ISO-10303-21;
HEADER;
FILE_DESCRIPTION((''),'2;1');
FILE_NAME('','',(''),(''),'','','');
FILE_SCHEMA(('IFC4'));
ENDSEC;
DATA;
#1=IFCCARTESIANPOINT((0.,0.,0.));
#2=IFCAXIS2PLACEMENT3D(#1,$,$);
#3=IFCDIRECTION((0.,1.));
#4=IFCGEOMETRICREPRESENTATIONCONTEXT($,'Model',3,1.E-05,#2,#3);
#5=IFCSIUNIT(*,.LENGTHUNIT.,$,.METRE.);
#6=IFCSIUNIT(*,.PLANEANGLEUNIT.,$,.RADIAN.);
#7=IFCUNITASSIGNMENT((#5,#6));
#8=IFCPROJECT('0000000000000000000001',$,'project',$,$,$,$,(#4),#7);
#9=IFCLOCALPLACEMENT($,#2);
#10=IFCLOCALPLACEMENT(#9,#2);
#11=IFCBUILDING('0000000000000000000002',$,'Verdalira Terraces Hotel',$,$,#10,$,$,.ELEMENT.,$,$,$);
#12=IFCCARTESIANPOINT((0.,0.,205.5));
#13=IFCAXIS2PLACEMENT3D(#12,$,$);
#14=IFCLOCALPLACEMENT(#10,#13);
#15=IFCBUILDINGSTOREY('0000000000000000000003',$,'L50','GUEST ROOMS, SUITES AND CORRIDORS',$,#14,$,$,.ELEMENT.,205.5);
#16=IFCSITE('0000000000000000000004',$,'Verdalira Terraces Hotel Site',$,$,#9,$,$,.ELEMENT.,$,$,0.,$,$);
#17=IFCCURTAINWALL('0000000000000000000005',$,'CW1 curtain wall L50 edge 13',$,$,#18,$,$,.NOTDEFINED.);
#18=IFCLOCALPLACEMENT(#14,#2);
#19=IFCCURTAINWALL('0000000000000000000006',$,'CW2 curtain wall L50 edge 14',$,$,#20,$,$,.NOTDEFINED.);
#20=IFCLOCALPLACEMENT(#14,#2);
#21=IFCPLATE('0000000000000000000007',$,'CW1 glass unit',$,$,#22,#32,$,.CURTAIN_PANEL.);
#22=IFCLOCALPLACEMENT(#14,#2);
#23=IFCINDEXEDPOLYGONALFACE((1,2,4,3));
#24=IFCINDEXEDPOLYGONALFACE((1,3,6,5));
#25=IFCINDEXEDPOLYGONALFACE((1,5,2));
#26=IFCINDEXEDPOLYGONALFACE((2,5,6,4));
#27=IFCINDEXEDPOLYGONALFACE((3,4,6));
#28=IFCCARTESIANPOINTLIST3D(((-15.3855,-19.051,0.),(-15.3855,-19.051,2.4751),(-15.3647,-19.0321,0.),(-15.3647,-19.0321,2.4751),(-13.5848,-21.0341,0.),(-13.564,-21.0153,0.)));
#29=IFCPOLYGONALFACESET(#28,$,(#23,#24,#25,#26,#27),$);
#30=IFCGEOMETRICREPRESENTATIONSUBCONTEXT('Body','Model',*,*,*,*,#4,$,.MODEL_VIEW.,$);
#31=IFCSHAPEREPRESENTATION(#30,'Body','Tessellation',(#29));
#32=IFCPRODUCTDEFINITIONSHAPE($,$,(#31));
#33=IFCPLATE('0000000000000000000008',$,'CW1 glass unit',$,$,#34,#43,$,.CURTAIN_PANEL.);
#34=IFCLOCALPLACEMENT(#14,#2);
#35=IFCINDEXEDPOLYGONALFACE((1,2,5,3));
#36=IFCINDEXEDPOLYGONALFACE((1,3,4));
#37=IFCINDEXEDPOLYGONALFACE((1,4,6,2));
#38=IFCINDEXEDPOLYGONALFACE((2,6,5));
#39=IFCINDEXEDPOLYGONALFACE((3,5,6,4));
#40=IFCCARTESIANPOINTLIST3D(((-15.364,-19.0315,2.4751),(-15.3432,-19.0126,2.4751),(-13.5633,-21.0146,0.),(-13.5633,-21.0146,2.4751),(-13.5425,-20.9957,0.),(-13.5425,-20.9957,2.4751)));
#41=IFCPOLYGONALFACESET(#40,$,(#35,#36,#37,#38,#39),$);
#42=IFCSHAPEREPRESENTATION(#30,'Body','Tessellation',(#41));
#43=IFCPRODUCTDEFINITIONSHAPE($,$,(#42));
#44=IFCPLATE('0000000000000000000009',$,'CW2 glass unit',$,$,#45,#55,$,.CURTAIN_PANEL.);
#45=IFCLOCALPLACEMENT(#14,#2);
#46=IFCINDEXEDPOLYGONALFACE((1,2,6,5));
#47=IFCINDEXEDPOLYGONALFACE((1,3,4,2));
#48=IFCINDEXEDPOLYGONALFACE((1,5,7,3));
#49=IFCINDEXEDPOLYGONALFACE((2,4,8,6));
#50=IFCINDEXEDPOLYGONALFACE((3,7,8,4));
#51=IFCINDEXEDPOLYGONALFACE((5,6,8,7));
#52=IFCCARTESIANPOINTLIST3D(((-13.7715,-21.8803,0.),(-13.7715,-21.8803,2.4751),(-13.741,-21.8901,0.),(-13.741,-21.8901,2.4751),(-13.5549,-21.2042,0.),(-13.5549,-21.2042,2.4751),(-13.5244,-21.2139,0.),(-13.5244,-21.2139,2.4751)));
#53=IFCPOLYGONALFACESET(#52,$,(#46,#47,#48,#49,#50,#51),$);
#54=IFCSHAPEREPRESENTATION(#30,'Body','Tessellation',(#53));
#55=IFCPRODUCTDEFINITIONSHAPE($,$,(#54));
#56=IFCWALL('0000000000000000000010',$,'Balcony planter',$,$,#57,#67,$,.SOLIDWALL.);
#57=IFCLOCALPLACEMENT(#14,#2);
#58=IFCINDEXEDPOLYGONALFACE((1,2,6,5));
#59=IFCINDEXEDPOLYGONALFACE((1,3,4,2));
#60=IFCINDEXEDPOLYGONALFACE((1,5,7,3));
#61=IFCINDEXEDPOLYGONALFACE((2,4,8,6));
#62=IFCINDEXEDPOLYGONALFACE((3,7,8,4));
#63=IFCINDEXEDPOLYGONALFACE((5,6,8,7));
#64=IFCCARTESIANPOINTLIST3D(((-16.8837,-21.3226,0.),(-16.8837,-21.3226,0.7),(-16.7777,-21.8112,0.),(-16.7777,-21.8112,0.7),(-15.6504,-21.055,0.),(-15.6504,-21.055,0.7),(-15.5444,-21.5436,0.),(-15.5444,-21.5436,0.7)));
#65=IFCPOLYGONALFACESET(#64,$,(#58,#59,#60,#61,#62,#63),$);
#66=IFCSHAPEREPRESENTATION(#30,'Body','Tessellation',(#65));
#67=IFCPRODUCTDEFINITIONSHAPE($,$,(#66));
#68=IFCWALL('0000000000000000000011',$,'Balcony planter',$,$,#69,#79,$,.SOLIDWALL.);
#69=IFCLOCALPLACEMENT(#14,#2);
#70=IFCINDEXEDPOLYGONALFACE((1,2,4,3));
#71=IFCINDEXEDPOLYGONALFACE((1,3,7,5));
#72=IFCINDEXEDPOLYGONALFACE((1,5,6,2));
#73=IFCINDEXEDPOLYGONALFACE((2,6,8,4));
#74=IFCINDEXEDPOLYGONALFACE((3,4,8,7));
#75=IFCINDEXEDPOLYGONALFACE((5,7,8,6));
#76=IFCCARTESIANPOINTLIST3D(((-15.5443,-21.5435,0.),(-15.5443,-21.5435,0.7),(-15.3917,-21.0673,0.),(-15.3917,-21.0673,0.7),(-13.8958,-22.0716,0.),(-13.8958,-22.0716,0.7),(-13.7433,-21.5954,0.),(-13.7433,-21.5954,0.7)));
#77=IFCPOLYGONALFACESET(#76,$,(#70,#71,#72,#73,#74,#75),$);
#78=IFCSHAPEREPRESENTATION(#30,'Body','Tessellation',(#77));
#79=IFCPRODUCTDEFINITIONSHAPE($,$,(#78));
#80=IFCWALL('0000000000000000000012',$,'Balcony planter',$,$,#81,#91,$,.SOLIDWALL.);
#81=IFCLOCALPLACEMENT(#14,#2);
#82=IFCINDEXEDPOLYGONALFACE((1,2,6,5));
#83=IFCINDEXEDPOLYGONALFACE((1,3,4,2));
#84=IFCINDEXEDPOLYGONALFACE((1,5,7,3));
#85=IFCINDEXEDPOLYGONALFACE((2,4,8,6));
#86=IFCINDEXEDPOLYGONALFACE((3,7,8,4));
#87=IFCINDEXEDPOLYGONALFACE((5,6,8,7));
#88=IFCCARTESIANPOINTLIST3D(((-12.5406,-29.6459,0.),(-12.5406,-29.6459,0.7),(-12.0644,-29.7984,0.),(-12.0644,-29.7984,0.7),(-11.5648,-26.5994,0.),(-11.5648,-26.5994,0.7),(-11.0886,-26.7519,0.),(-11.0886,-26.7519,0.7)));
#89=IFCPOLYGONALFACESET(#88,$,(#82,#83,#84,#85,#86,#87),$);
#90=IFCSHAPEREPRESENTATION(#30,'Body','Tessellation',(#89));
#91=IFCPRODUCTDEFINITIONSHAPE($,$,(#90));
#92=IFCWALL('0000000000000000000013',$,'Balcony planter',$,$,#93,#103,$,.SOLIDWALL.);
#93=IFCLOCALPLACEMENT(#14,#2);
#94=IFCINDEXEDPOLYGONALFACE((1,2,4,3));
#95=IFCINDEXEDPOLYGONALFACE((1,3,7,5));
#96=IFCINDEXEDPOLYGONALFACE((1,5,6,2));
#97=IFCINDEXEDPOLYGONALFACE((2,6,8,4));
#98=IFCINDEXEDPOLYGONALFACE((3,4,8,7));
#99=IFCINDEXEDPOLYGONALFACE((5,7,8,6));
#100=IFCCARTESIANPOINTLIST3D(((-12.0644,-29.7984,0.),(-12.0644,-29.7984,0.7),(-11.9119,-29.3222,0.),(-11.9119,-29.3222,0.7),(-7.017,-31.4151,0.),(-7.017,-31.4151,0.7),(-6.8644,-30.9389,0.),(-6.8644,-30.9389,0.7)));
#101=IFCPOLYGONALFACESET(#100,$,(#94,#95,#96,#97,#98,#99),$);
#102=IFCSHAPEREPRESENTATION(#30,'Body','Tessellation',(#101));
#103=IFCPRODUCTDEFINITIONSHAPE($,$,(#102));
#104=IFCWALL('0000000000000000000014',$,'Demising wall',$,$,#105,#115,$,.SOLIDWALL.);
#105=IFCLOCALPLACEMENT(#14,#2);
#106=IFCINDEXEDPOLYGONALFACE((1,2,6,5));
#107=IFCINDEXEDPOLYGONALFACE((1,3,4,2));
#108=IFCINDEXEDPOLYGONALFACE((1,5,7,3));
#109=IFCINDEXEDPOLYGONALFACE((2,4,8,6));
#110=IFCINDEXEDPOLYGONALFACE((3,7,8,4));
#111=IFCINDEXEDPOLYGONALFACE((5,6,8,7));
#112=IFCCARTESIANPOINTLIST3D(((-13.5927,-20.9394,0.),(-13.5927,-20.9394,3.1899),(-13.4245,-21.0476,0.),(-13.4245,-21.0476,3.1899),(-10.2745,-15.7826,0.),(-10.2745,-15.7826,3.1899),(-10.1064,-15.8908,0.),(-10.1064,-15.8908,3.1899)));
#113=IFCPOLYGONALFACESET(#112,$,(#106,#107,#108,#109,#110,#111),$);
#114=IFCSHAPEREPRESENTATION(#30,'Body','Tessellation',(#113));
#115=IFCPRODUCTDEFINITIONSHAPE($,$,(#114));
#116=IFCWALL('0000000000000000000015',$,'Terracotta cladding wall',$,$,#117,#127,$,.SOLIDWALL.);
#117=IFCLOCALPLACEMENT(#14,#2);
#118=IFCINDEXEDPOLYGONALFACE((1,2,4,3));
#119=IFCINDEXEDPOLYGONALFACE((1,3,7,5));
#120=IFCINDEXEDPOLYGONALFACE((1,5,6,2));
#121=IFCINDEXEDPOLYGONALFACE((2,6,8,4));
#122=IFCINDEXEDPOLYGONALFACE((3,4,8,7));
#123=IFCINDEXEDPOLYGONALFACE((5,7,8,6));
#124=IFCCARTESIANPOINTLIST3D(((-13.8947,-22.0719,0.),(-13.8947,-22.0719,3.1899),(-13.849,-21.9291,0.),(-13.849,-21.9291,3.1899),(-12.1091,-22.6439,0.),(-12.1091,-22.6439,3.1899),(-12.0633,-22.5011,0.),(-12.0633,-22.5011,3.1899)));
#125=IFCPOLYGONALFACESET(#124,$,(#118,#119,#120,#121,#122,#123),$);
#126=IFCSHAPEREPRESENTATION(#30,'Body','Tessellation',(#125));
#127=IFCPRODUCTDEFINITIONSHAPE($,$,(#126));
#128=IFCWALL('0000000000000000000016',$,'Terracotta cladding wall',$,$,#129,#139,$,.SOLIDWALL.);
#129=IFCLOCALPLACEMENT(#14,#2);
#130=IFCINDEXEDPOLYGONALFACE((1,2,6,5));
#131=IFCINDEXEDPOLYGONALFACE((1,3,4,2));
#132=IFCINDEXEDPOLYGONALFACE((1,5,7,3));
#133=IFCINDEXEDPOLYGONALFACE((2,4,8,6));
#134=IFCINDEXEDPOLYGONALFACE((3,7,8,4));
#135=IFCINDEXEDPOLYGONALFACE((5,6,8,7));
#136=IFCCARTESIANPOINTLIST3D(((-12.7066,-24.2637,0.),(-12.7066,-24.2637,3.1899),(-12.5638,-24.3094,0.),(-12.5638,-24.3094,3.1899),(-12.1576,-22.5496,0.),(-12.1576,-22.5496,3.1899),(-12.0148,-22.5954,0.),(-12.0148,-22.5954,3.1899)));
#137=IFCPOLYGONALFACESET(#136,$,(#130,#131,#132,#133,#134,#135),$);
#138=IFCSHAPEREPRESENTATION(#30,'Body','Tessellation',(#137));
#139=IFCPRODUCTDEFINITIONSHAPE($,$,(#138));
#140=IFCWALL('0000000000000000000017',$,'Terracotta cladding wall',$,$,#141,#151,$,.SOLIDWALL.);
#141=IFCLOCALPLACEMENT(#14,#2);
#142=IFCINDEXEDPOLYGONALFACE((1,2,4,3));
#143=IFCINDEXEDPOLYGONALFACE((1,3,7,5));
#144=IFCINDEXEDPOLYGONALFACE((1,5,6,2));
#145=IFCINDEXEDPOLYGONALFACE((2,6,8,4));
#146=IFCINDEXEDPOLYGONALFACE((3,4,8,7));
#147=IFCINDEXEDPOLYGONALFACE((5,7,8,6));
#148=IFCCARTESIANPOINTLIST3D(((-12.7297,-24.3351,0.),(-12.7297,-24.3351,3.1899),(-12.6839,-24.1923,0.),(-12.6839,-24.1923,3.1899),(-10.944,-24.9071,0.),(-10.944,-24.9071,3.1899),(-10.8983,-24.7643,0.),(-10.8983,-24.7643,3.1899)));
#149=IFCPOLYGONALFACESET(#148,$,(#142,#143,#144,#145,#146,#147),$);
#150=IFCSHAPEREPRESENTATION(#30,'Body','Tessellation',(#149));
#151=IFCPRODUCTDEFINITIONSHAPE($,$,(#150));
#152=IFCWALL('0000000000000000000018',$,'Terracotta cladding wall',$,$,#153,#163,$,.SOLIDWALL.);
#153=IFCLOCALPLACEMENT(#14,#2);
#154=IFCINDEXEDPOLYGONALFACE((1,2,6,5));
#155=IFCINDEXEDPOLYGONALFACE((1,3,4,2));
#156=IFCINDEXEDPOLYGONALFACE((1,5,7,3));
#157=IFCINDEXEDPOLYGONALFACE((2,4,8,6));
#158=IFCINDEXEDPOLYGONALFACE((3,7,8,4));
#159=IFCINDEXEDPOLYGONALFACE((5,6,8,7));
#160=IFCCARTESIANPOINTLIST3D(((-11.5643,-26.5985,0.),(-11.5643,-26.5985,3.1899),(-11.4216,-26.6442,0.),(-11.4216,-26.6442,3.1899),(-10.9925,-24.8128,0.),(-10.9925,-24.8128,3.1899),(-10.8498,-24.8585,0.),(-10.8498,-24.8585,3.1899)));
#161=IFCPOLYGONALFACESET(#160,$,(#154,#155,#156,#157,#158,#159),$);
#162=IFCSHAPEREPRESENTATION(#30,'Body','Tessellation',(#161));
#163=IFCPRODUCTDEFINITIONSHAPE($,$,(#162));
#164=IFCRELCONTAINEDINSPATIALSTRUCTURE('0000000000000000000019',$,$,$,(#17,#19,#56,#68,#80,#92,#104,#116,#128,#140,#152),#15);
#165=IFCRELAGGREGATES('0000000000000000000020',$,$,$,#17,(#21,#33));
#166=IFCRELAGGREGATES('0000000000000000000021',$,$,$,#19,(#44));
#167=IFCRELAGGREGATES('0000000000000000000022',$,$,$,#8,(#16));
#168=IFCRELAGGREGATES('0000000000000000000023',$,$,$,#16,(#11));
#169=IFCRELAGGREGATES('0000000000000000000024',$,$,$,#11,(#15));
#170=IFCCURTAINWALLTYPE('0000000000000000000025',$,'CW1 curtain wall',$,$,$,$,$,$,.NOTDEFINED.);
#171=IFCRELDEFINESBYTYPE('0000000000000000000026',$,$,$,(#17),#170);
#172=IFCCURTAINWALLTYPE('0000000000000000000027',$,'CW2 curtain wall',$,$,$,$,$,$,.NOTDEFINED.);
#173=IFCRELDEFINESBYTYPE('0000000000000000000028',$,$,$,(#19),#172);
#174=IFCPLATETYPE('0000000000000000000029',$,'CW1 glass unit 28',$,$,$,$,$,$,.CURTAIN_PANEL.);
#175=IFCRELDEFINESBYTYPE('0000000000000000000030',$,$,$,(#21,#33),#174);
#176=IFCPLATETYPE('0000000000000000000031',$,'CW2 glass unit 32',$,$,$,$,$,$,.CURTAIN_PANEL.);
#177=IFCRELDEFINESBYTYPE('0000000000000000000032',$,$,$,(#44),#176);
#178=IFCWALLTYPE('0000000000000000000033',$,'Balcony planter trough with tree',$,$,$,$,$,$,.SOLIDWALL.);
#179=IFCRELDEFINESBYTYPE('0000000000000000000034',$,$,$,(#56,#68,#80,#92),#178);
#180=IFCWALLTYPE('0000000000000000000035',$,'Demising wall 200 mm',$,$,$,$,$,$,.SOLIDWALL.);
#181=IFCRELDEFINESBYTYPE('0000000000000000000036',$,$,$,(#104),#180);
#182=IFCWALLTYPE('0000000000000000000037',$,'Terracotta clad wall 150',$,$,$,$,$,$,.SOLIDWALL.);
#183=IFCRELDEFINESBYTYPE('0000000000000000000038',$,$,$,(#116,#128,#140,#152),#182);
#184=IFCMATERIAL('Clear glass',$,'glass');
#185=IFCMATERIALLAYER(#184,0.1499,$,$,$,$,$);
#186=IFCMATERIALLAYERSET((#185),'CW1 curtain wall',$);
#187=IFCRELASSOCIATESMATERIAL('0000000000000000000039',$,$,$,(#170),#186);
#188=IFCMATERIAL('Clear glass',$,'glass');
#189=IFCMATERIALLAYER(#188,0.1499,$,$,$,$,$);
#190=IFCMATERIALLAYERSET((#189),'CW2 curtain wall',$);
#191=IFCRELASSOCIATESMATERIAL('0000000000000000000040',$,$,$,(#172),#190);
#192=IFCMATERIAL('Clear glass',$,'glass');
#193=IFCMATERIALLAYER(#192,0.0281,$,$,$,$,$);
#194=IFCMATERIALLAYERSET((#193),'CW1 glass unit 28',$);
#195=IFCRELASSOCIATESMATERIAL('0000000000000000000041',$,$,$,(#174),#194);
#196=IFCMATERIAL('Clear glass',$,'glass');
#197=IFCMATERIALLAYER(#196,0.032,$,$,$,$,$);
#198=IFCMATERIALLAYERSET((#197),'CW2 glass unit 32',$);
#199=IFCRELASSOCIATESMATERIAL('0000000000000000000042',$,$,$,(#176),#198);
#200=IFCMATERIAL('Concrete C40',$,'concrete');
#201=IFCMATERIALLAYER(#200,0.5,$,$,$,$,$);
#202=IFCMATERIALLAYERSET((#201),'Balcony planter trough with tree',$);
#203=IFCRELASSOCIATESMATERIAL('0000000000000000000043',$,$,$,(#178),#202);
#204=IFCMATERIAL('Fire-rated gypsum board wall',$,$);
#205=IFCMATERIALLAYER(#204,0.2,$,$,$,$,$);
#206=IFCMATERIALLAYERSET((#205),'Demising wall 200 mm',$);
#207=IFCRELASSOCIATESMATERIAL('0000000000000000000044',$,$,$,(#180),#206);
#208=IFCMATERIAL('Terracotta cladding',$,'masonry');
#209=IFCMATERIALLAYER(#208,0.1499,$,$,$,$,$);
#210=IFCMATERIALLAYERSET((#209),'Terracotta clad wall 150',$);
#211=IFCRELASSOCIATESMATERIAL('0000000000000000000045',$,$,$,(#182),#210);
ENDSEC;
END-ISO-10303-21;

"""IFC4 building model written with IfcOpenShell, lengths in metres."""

from ifc_helpers import new_model, si_unit, direction, frame, frame_2d, origin, origin_2d, place, context, subcontext, project, spatial, polyline, rectangle, outline, extrude, material, layer, layer_set, type_object, element, aggregate, save


model = new_model("IFC4")

# Units and contexts
model_context = context("Model", 3, precision=1e-05, world=origin(), true_north=direction((0.0, 1.0)))
body_context = subcontext(model_context, "Body", "Model", "MODEL_VIEW")
ifc_project = project(units=[si_unit("LENGTHUNIT", "METRE"), si_unit("PLANEANGLEUNIT", "RADIAN")], contexts=[model_context])

# Site, building, storey
site_placement = place(None, origin())
site = spatial("IfcSite", under=ifc_project, at=site_placement, Name="Verdalira Terraces Hotel Site", CompositionType="ELEMENT", RefElevation=0.0)
building_placement = place(site_placement, origin())
building = spatial("IfcBuilding", under=site, at=building_placement, Name="Verdalira Terraces Hotel", CompositionType="ELEMENT")
storey_placement = place(building_placement, frame((0.0, 0.0, 205.5)))
storey = spatial("IfcBuildingStorey", under=building, at=storey_placement, Name="L50", Description="GUEST ROOMS, SUITES AND CORRIDORS", CompositionType="ELEMENT", Elevation=205.5)

# Curtain wall
ifc_material_1 = material(Name="Clear glass", Category="glass")
ifc_layer_1 = layer(ifc_material_1, 0.1499)
ifc_layer_set_1 = layer_set([ifc_layer_1], Name="CW1 curtain wall")
curtain_wall_type_1 = type_object("IfcCurtainWallType", Name="CW1 curtain wall", PredefinedType="NOTDEFINED", material=ifc_layer_set_1)
curtain_wall_1_placement = place(storey_placement, origin())
curtain_wall_1 = element("IfcCurtainWall", 1, at=curtain_wall_1_placement, inside=storey, type_object=curtain_wall_type_1, Name="CW1 curtain wall L50 edge 13", PredefinedType="NOTDEFINED")

# Curtain wall
ifc_material_2 = material(Name="Clear glass", Category="glass")
ifc_layer_2 = layer(ifc_material_2, 0.1499)
ifc_layer_set_2 = layer_set([ifc_layer_2], Name="CW2 curtain wall")
curtain_wall_type_2 = type_object("IfcCurtainWallType", Name="CW2 curtain wall", PredefinedType="NOTDEFINED", material=ifc_layer_set_2)
curtain_wall_2_placement = place(storey_placement, origin())
curtain_wall_2 = element("IfcCurtainWall", 2, at=curtain_wall_2_placement, inside=storey, type_object=curtain_wall_type_2, Name="CW2 curtain wall L50 edge 14", PredefinedType="NOTDEFINED")

# Plates
ifc_material_3 = material(Name="Clear glass", Category="glass")
ifc_layer_3 = layer(ifc_material_3, 0.0281)
ifc_layer_set_3 = layer_set([ifc_layer_3], Name="CW1 glass unit 28")
plate_type_1 = type_object("IfcPlateType", Name="CW1 glass unit 28", PredefinedType="CURTAIN_PANEL", material=ifc_layer_set_3)
plate_1_placement = place(storey_placement, frame((-14.4644, -20.0237, 1.2375), z_axis=(-0.740335, -0.672238, 0.0), x_axis=(0.672238, -0.740335, 0.0)))
plate_1 = element("IfcPlate", 3, at=plate_1_placement, type_object=plate_type_1, Name="CW1 glass unit", PredefinedType="CURTAIN_PANEL", context=body_context, shape_type="SweptSolid", body=[
    extrude(outline(polyline([(-1.3394, -1.2375), (1.3394, -1.2375), (-1.3394, 1.2375), (-1.3394, -1.2375)])), origin(), (0.0, 0.0, 1.0), 0.0281),
])
plate_2_placement = place(storey_placement, frame((-14.4429, -20.0041, 1.2375), z_axis=(-0.740335, -0.672238, 0.0), x_axis=(0.672238, -0.740335, 0.0)))
plate_2 = element("IfcPlate", 4, at=plate_2_placement, type_object=plate_type_1, Name="CW1 glass unit", PredefinedType="CURTAIN_PANEL", context=body_context, shape_type="SweptSolid", body=[
    extrude(outline(polyline([(1.3394, -1.2375), (1.3394, 1.2375), (-1.3394, 1.2375), (1.3394, -1.2375)])), origin(), (0.0, 0.0, 1.0), 0.0281),
])
aggregate(curtain_wall_1, [plate_1, plate_2])
ifc_material_4 = material(Name="Clear glass", Category="glass")
ifc_layer_4 = layer(ifc_material_4, 0.032)
ifc_layer_set_4 = layer_set([ifc_layer_4], Name="CW2 glass unit 32")
plate_type_2 = type_object("IfcPlateType", Name="CW2 glass unit 32", PredefinedType="CURTAIN_PANEL", material=ifc_layer_set_4)
plate_3_placement = place(storey_placement, frame((-13.6479, -21.5471, 0.0), z_axis=(0.0, 0.0, 1.0), x_axis=(-0.305031, -0.952343, 0.0)))
plate_3 = element("IfcPlate", 5, at=plate_3_placement, type_object=plate_type_2, Name="CW2 glass unit", PredefinedType="CURTAIN_PANEL", context=body_context, shape_type="SweptSolid", body=[
    extrude(rectangle(XDim=0.71, YDim=0.032, at=origin_2d()), origin(), (0.0, 0.0, 1.0), 2.4751),
])
aggregate(curtain_wall_2, [plate_3])

# Walls
ifc_material_5 = material(Name="Concrete C40", Category="concrete")
ifc_layer_5 = layer(ifc_material_5, 0.5)
ifc_layer_set_5 = layer_set([ifc_layer_5], Name="Balcony planter trough with tree")
wall_type_1 = type_object("IfcWallType", Name="Balcony planter trough with tree", PredefinedType="SOLIDWALL", material=ifc_layer_set_5)
wall_1_placement = place(storey_placement, frame((-16.8306, -21.5669, 0.0), z_axis=(0.0, 0.0, 1.0), x_axis=(0.977258, 0.212052, 0.0)))
element("IfcWall", 6, at=wall_1_placement, inside=storey, type_object=wall_type_1, Name="Balcony planter", PredefinedType="SOLIDWALL", context=body_context, shape_type="SweptSolid", body=[
    extrude(rectangle(XDim=1.262, YDim=0.5, at=frame_2d((0.6309, 0.0))), origin(), (0.0, 0.0, 1.0), 0.7),
])
wall_2_placement = place(storey_placement, frame((-15.468, -21.3054, 0.0), z_axis=(0.0, 0.0, 1.0), x_axis=(0.952327, -0.305078, 0.0)))
element("IfcWall", 7, at=wall_2_placement, inside=storey, type_object=wall_type_1, Name="Balcony planter", PredefinedType="SOLIDWALL", context=body_context, shape_type="SweptSolid", body=[
    extrude(rectangle(XDim=1.731, YDim=0.5, at=frame_2d((0.8655, 0.0))), origin(), (0.0, 0.0, 1.0), 0.7),
])
wall_3_placement = place(storey_placement, frame((-11.3267, -26.6755, 0.0), z_axis=(0.0, 0.0, 1.0), x_axis=(-0.305033, -0.952342, 0.0)))
element("IfcWall", 8, at=wall_3_placement, inside=storey, type_object=wall_type_1, Name="Balcony planter", PredefinedType="SOLIDWALL", context=body_context, shape_type="SweptSolid", body=[
    extrude(rectangle(XDim=3.199, YDim=0.5, at=frame_2d((1.5996, 0.0))), origin(), (0.0, 0.0, 1.0), 0.7),
])
wall_4_placement = place(storey_placement, frame((-11.988, -29.5603, 0.0), z_axis=(0.0, 0.0, 1.0), x_axis=(0.95234, -0.30504, 0.0)))
element("IfcWall", 9, at=wall_4_placement, inside=storey, type_object=wall_type_1, Name="Balcony planter", PredefinedType="SOLIDWALL", context=body_context, shape_type="SweptSolid", body=[
    extrude(rectangle(XDim=5.3, YDim=0.5, at=frame_2d((2.6499, 0.0))), origin(), (0.0, 0.0, 1.0), 0.7),
])
ifc_material_6 = material(Name="Fire-rated gypsum board wall")
ifc_layer_6 = layer(ifc_material_6, 0.2)
ifc_layer_set_6 = layer_set([ifc_layer_6], Name="Demising wall 200 mm")
wall_type_2 = type_object("IfcWallType", Name="Demising wall 200 mm", PredefinedType="SOLIDWALL", material=ifc_layer_set_6)
wall_5_placement = place(storey_placement, frame((-13.5085, -20.9934, 0.0), z_axis=(0.0, 0.0, 1.0), x_axis=(0.541112, 0.840951, 0.0)))
element("IfcWall", 10, at=wall_5_placement, inside=storey, type_object=wall_type_2, Name="Demising wall", PredefinedType="SOLIDWALL", context=body_context, shape_type="SweptSolid", body=[
    extrude(rectangle(XDim=6.1321, YDim=0.2, at=frame_2d((3.0659, 0.0))), origin(), (0.0, 0.0, 1.0), 3.1899),
])
ifc_material_7 = material(Name="Terracotta cladding", Category="masonry")
ifc_layer_7 = layer(ifc_material_7, 0.1499)
ifc_layer_set_7 = layer_set([ifc_layer_7], Name="Terracotta clad wall 150")
wall_type_3 = type_object("IfcWallType", Name="Terracotta clad wall 150", PredefinedType="SOLIDWALL", material=ifc_layer_set_7)
wall_6_placement = place(storey_placement, frame((-13.8718, -22.0005, 0.0), z_axis=(0.0, 0.0, 1.0), x_axis=(0.952329, -0.305073, 0.0)))
element("IfcWall", 11, at=wall_6_placement, inside=storey, type_object=wall_type_3, Name="Terracotta cladding wall", PredefinedType="SOLIDWALL", context=body_context, shape_type="SweptSolid", body=[
    extrude(rectangle(XDim=1.875, YDim=0.1499, at=frame_2d((0.9375, 0.0))), origin(), (0.0, 0.0, 1.0), 3.1899),
])
wall_7_placement = place(storey_placement, frame((-12.0862, -22.5725, 0.0), z_axis=(0.0, 0.0, 1.0), x_axis=(-0.305056, -0.952334, 0.0)))
element("IfcWall", 12, at=wall_7_placement, inside=storey, type_object=wall_type_3, Name="Terracotta cladding wall", PredefinedType="SOLIDWALL", context=body_context, shape_type="SweptSolid", body=[
    extrude(rectangle(XDim=1.7998, YDim=0.1499, at=frame_2d((0.8999, 0.0))), origin(), (0.0, 0.0, 1.0), 3.1899),
])
for number, where, z_axis, x_axis, name in (
    (13, (-12.7068, -24.2637, 0.0), (0.0, 0.0, 1.0), (0.952329, -0.305073, 0.0), "Terracotta cladding wall"),
    (14, (-10.9211, -24.8357, 0.0), (0.0, 0.0, 1.0), (-0.304955, -0.952367, 0.0), "Terracotta cladding wall"),
):
    element("IfcWall", number, at=place(storey_placement, frame(where, z_axis=z_axis, x_axis=x_axis)), inside=storey, type_object=wall_type_3, Name=name, PredefinedType="SOLIDWALL", context=body_context, shape_type="SweptSolid", body=[
        extrude(rectangle(XDim=1.875, YDim=0.1499, at=frame_2d((0.9375, 0.0))), origin(), (0.0, 0.0, 1.0), 3.1899),
    ])

save(model, "model.ifc")
